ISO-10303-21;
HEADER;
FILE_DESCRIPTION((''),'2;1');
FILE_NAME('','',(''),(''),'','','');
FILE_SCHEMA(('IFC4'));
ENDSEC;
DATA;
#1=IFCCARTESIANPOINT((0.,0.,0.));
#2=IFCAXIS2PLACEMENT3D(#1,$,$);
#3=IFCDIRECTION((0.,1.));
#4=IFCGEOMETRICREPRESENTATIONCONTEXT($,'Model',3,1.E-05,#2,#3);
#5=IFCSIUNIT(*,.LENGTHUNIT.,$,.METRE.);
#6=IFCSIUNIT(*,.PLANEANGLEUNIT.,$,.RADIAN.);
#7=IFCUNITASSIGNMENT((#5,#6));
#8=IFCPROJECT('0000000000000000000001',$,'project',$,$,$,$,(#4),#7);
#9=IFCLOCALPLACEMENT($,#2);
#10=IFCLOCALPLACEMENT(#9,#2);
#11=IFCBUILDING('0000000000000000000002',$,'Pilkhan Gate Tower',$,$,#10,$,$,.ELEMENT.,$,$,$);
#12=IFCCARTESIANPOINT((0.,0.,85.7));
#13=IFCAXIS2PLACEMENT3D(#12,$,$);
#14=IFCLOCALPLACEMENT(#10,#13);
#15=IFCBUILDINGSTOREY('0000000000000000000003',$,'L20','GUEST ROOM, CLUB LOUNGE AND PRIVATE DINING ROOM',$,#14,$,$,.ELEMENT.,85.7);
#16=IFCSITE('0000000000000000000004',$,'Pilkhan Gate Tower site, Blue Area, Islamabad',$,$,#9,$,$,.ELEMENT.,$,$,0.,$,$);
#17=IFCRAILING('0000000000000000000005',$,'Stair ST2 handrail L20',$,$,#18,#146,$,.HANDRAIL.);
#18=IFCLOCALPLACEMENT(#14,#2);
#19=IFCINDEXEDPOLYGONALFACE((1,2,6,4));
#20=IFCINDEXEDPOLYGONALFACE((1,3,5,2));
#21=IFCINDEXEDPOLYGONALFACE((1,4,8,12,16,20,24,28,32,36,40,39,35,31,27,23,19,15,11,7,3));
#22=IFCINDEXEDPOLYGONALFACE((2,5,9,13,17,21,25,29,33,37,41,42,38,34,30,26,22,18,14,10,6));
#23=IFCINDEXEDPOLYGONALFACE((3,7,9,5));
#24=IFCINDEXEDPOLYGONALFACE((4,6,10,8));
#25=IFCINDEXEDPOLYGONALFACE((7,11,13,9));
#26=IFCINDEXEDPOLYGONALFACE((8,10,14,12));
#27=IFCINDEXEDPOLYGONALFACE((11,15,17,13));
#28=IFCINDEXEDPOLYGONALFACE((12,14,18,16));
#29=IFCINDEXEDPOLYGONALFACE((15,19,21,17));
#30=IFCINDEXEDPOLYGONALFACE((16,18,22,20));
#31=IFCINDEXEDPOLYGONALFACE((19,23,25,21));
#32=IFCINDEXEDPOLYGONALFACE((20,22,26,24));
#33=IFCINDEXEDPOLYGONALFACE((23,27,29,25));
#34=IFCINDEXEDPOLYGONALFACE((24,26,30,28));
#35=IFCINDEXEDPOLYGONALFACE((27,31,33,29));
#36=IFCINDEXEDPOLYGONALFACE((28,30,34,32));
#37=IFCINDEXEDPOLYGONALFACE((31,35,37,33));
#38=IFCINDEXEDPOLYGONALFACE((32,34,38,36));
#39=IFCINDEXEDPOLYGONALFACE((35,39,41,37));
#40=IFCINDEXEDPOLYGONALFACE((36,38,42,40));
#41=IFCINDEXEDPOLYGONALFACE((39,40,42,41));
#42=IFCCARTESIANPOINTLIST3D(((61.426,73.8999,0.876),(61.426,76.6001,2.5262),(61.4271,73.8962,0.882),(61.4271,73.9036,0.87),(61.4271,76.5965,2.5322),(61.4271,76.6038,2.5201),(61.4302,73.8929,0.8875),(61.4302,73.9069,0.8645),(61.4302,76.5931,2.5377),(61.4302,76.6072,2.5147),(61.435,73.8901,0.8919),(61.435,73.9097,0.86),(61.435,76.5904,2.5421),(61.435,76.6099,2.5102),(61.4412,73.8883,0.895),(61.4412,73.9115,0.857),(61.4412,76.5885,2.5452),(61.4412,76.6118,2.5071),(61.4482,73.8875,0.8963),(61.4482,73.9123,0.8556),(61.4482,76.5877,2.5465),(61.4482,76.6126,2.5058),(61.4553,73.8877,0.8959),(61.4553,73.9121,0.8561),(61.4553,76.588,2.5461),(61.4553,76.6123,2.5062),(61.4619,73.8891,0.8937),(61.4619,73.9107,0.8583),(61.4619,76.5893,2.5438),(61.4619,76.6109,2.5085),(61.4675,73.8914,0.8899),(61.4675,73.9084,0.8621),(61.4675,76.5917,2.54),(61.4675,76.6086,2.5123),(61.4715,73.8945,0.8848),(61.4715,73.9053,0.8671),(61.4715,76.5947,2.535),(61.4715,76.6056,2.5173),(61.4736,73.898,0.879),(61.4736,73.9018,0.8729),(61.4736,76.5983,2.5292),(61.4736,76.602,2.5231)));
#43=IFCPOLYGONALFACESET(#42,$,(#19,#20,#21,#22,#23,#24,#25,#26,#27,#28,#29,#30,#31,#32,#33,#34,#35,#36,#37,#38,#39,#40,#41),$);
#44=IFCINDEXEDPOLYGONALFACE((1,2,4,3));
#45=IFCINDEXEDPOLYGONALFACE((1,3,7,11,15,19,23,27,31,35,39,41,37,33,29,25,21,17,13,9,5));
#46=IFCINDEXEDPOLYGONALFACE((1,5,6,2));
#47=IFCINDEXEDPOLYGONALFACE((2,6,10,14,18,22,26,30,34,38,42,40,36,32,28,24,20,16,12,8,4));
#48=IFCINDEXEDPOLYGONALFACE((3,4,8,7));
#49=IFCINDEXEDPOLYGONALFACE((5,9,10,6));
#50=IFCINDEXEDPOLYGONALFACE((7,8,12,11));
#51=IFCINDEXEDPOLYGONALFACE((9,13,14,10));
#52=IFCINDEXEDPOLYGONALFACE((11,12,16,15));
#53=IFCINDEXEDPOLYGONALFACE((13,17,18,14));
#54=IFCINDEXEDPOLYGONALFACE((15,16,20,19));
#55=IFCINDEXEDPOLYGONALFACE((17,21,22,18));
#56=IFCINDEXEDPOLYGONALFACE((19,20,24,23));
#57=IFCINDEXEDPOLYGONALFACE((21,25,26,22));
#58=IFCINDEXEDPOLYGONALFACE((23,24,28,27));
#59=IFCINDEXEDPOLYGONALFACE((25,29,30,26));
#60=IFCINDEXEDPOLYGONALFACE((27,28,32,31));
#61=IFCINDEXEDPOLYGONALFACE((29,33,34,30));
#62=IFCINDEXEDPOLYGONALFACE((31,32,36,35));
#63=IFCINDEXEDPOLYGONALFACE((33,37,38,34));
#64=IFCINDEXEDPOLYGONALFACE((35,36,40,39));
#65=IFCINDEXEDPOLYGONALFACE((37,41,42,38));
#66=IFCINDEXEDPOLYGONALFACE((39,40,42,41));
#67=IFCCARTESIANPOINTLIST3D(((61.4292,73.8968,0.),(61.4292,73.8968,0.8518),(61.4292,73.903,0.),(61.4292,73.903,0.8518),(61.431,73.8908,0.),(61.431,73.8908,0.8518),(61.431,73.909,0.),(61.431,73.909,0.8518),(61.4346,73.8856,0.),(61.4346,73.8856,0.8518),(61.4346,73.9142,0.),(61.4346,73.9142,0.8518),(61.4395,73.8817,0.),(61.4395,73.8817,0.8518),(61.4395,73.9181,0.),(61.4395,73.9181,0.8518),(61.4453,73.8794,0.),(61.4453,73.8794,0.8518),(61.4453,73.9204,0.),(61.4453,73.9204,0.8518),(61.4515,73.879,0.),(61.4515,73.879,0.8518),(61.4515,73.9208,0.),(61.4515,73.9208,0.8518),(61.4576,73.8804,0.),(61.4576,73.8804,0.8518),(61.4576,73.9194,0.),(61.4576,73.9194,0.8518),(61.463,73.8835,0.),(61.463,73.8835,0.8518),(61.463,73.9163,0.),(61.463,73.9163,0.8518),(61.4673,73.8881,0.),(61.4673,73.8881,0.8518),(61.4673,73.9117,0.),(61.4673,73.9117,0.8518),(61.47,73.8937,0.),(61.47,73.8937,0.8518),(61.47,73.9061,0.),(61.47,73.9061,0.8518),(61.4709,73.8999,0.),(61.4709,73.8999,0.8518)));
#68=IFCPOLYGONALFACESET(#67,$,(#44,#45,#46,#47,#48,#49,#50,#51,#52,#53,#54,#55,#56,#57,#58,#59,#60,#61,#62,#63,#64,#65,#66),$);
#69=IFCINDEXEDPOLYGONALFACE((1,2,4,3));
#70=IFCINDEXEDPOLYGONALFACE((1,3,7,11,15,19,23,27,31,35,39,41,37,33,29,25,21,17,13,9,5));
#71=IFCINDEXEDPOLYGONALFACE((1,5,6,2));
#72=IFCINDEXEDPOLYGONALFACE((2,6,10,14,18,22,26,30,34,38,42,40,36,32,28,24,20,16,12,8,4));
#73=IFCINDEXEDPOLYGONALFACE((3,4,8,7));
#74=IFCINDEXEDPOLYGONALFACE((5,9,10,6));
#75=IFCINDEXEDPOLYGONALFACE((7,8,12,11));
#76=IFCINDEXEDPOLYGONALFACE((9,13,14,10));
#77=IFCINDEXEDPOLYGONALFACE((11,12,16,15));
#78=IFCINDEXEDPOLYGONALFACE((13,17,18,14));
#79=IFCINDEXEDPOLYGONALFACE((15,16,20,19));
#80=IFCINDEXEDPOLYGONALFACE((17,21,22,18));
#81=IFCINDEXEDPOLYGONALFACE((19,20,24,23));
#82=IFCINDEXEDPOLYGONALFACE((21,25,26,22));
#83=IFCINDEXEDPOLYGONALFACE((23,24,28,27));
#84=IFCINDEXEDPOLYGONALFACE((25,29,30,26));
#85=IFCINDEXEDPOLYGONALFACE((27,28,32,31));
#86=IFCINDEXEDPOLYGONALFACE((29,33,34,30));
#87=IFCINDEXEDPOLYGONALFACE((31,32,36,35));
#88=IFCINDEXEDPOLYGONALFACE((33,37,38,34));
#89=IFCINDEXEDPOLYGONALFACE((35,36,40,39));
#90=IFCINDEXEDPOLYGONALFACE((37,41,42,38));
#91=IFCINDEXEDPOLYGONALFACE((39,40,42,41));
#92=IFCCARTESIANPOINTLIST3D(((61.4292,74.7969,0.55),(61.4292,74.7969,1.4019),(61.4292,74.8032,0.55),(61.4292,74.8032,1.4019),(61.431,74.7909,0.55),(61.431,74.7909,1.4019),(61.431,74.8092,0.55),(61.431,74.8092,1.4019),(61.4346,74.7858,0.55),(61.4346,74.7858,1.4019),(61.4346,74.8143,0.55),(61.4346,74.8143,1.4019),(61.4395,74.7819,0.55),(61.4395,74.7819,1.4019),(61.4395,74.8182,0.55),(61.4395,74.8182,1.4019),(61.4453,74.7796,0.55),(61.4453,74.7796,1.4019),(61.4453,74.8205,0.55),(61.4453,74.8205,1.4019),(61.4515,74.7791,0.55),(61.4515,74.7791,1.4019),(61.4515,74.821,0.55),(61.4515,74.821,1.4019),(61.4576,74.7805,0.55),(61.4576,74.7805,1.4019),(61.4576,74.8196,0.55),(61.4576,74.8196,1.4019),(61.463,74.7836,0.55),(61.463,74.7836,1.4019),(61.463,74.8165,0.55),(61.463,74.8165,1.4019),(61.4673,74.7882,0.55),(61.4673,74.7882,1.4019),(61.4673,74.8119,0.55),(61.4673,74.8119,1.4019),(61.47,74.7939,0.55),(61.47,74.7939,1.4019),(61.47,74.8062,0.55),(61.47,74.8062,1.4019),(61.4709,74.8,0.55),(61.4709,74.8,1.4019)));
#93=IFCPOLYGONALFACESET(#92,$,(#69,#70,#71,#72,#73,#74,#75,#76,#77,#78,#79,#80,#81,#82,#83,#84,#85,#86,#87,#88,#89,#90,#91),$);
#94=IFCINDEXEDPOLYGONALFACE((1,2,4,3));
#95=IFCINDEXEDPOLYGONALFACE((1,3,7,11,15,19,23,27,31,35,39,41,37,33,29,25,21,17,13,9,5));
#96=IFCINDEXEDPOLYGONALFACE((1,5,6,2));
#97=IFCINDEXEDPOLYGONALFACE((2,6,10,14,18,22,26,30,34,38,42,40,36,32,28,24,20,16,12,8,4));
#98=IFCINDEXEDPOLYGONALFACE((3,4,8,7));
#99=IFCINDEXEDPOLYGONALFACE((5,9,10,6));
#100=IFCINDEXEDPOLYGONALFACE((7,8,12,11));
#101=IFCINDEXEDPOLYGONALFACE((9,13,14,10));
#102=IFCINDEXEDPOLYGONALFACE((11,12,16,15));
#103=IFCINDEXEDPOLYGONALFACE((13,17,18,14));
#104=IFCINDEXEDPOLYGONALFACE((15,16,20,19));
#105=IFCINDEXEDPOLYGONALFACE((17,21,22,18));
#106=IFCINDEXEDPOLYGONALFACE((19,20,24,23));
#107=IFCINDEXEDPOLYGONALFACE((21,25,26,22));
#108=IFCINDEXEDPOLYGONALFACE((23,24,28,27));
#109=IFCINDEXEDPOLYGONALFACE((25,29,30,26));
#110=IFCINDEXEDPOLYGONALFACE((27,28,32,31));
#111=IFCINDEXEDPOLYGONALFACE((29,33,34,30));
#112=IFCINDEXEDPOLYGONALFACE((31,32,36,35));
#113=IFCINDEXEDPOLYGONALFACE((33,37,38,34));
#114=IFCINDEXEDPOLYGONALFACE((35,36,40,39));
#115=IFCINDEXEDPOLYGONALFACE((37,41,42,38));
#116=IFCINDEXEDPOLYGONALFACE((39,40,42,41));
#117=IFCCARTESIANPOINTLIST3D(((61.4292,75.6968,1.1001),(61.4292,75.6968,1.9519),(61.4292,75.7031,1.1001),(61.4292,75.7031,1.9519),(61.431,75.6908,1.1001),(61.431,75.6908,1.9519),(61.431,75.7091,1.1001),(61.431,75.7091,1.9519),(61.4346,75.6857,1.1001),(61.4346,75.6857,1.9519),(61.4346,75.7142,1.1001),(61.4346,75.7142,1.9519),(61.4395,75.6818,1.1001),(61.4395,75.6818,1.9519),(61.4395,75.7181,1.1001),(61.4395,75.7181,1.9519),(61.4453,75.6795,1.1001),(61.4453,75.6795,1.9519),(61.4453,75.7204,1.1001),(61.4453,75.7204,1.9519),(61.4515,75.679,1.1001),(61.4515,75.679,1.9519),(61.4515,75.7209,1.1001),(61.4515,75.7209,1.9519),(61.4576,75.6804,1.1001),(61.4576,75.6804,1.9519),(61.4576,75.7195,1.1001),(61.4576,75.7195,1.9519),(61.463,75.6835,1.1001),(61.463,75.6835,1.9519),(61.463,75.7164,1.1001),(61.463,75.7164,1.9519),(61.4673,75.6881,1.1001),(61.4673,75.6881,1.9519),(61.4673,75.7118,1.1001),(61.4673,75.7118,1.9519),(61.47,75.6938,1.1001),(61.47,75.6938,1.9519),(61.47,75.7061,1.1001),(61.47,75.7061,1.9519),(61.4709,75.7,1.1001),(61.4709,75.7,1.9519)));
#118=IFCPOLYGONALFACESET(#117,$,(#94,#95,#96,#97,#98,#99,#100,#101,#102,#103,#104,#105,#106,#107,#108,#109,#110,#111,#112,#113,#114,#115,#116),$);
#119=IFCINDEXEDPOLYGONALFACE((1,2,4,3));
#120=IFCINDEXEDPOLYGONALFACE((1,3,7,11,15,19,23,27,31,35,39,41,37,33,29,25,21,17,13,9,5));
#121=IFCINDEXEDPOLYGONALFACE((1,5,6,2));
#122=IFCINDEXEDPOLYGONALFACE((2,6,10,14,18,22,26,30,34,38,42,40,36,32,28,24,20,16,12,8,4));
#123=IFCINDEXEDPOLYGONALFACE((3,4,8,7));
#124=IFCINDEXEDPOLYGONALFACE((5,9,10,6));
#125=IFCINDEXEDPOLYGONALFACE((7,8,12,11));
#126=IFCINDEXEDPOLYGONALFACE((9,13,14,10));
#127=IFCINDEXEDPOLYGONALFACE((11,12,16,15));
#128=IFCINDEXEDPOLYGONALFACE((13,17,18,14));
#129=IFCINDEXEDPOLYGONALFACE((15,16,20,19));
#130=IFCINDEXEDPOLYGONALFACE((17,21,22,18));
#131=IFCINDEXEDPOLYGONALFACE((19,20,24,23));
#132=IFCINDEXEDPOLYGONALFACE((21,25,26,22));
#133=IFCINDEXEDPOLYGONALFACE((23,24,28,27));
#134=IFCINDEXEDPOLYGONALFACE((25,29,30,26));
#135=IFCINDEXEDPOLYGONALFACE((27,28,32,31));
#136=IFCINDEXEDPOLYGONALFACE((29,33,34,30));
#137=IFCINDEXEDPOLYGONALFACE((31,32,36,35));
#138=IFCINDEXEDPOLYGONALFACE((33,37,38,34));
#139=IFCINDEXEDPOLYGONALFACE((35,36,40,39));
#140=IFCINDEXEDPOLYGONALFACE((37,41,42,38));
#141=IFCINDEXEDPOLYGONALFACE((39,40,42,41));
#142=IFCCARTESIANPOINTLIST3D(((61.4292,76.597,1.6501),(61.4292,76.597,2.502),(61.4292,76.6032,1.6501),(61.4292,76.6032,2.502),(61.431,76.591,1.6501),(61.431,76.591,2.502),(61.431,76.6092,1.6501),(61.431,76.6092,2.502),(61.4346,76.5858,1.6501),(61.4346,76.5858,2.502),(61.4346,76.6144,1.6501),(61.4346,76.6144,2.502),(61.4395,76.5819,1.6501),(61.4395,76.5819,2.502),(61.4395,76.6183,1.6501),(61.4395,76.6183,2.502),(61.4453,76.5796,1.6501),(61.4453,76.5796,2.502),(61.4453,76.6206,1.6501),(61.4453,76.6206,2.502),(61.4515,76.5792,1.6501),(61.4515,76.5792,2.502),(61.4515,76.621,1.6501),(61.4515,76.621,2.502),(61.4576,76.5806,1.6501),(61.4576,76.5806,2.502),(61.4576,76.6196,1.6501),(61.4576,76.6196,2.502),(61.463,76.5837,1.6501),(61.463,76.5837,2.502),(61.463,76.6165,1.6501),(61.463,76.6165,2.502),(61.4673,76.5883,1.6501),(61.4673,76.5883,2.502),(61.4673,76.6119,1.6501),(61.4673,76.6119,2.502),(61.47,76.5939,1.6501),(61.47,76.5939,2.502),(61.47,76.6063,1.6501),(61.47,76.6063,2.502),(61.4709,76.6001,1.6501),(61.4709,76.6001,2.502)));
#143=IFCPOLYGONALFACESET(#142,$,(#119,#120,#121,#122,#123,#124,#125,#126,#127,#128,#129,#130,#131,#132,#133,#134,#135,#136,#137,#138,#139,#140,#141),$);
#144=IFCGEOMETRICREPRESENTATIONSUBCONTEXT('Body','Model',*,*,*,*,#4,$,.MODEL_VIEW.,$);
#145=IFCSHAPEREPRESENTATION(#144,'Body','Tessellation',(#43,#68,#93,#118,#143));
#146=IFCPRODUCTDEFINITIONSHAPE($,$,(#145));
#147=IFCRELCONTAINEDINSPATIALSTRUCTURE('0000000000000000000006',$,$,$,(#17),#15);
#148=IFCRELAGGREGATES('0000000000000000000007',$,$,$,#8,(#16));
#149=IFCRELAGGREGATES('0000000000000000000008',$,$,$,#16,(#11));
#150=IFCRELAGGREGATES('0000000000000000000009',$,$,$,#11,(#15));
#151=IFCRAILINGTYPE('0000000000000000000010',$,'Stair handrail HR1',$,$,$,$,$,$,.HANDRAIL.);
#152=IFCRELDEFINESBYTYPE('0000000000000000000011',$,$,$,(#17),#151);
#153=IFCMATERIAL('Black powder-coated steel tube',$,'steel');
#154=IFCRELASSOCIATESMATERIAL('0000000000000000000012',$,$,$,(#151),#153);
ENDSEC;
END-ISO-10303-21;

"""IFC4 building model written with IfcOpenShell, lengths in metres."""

from ifc_helpers import new_model, si_unit, direction, frame, origin, origin_2d, place, context, subcontext, project, spatial, circle, extrude, material, type_object, element, save


model = new_model("IFC4")

# Units and contexts
model_context = context("Model", 3, precision=1e-05, world=origin(), true_north=direction((0.0, 1.0)))
body_context = subcontext(model_context, "Body", "Model", "MODEL_VIEW")
ifc_project = project(units=[si_unit("LENGTHUNIT", "METRE"), si_unit("PLANEANGLEUNIT", "RADIAN")], contexts=[model_context])

# Site, building, storey
site_placement = place(None, origin())
site = spatial("IfcSite", under=ifc_project, at=site_placement, Name="Pilkhan Gate Tower site, Blue Area, Islamabad", CompositionType="ELEMENT", RefElevation=0.0)
building_placement = place(site_placement, origin())
building = spatial("IfcBuilding", under=site, at=building_placement, Name="Pilkhan Gate Tower", CompositionType="ELEMENT")
storey_placement = place(building_placement, frame((0.0, 0.0, 85.7)))
storey = spatial("IfcBuildingStorey", under=building, at=storey_placement, Name="L20", Description="GUEST ROOM, CLUB LOUNGE AND PRIVATE DINING ROOM", CompositionType="ELEMENT", Elevation=85.7)

# Railing
ifc_material_1 = material(Name="Black powder-coated steel tube", Category="steel")
railing_type_1 = type_object("IfcRailingType", Name="Stair handrail HR1", PredefinedType="HANDRAIL", material=ifc_material_1)
railing_1_placement = place(storey_placement, frame((61.45, 73.8999, 0.0)))
element("IfcRailing", 1, at=railing_1_placement, inside=storey, type_object=railing_type_1, Name="Stair ST2 handrail L20", PredefinedType="HANDRAIL", context=body_context, shape_type="SweptSolid", body=[
    extrude(circle(Radius=0.0239, at=origin_2d()), frame((0.0, 0.0, 0.876), z_axis=(0.0, 0.853278, 0.521456), x_axis=(-1.0, 0.0, 0.0)), (0.0, 0.0, 1.0), 3.1646),
    extrude(circle(Radius=0.021, at=origin_2d()), origin(), (0.0, 0.0, 1.0), 0.8518),
    extrude(circle(Radius=0.021, at=origin_2d()), frame((0.0, 0.9001, 0.55)), (0.0, 0.0, 1.0), 0.8518),
    extrude(circle(Radius=0.021, at=origin_2d()), frame((0.0, 1.8, 1.1001)), (0.0, 0.0, 1.0), 0.8518),
    extrude(circle(Radius=0.021, at=origin_2d()), frame((0.0, 2.7002, 1.6501)), (0.0, 0.0, 1.0), 0.8518),
])

save(model, "model.ifc")
